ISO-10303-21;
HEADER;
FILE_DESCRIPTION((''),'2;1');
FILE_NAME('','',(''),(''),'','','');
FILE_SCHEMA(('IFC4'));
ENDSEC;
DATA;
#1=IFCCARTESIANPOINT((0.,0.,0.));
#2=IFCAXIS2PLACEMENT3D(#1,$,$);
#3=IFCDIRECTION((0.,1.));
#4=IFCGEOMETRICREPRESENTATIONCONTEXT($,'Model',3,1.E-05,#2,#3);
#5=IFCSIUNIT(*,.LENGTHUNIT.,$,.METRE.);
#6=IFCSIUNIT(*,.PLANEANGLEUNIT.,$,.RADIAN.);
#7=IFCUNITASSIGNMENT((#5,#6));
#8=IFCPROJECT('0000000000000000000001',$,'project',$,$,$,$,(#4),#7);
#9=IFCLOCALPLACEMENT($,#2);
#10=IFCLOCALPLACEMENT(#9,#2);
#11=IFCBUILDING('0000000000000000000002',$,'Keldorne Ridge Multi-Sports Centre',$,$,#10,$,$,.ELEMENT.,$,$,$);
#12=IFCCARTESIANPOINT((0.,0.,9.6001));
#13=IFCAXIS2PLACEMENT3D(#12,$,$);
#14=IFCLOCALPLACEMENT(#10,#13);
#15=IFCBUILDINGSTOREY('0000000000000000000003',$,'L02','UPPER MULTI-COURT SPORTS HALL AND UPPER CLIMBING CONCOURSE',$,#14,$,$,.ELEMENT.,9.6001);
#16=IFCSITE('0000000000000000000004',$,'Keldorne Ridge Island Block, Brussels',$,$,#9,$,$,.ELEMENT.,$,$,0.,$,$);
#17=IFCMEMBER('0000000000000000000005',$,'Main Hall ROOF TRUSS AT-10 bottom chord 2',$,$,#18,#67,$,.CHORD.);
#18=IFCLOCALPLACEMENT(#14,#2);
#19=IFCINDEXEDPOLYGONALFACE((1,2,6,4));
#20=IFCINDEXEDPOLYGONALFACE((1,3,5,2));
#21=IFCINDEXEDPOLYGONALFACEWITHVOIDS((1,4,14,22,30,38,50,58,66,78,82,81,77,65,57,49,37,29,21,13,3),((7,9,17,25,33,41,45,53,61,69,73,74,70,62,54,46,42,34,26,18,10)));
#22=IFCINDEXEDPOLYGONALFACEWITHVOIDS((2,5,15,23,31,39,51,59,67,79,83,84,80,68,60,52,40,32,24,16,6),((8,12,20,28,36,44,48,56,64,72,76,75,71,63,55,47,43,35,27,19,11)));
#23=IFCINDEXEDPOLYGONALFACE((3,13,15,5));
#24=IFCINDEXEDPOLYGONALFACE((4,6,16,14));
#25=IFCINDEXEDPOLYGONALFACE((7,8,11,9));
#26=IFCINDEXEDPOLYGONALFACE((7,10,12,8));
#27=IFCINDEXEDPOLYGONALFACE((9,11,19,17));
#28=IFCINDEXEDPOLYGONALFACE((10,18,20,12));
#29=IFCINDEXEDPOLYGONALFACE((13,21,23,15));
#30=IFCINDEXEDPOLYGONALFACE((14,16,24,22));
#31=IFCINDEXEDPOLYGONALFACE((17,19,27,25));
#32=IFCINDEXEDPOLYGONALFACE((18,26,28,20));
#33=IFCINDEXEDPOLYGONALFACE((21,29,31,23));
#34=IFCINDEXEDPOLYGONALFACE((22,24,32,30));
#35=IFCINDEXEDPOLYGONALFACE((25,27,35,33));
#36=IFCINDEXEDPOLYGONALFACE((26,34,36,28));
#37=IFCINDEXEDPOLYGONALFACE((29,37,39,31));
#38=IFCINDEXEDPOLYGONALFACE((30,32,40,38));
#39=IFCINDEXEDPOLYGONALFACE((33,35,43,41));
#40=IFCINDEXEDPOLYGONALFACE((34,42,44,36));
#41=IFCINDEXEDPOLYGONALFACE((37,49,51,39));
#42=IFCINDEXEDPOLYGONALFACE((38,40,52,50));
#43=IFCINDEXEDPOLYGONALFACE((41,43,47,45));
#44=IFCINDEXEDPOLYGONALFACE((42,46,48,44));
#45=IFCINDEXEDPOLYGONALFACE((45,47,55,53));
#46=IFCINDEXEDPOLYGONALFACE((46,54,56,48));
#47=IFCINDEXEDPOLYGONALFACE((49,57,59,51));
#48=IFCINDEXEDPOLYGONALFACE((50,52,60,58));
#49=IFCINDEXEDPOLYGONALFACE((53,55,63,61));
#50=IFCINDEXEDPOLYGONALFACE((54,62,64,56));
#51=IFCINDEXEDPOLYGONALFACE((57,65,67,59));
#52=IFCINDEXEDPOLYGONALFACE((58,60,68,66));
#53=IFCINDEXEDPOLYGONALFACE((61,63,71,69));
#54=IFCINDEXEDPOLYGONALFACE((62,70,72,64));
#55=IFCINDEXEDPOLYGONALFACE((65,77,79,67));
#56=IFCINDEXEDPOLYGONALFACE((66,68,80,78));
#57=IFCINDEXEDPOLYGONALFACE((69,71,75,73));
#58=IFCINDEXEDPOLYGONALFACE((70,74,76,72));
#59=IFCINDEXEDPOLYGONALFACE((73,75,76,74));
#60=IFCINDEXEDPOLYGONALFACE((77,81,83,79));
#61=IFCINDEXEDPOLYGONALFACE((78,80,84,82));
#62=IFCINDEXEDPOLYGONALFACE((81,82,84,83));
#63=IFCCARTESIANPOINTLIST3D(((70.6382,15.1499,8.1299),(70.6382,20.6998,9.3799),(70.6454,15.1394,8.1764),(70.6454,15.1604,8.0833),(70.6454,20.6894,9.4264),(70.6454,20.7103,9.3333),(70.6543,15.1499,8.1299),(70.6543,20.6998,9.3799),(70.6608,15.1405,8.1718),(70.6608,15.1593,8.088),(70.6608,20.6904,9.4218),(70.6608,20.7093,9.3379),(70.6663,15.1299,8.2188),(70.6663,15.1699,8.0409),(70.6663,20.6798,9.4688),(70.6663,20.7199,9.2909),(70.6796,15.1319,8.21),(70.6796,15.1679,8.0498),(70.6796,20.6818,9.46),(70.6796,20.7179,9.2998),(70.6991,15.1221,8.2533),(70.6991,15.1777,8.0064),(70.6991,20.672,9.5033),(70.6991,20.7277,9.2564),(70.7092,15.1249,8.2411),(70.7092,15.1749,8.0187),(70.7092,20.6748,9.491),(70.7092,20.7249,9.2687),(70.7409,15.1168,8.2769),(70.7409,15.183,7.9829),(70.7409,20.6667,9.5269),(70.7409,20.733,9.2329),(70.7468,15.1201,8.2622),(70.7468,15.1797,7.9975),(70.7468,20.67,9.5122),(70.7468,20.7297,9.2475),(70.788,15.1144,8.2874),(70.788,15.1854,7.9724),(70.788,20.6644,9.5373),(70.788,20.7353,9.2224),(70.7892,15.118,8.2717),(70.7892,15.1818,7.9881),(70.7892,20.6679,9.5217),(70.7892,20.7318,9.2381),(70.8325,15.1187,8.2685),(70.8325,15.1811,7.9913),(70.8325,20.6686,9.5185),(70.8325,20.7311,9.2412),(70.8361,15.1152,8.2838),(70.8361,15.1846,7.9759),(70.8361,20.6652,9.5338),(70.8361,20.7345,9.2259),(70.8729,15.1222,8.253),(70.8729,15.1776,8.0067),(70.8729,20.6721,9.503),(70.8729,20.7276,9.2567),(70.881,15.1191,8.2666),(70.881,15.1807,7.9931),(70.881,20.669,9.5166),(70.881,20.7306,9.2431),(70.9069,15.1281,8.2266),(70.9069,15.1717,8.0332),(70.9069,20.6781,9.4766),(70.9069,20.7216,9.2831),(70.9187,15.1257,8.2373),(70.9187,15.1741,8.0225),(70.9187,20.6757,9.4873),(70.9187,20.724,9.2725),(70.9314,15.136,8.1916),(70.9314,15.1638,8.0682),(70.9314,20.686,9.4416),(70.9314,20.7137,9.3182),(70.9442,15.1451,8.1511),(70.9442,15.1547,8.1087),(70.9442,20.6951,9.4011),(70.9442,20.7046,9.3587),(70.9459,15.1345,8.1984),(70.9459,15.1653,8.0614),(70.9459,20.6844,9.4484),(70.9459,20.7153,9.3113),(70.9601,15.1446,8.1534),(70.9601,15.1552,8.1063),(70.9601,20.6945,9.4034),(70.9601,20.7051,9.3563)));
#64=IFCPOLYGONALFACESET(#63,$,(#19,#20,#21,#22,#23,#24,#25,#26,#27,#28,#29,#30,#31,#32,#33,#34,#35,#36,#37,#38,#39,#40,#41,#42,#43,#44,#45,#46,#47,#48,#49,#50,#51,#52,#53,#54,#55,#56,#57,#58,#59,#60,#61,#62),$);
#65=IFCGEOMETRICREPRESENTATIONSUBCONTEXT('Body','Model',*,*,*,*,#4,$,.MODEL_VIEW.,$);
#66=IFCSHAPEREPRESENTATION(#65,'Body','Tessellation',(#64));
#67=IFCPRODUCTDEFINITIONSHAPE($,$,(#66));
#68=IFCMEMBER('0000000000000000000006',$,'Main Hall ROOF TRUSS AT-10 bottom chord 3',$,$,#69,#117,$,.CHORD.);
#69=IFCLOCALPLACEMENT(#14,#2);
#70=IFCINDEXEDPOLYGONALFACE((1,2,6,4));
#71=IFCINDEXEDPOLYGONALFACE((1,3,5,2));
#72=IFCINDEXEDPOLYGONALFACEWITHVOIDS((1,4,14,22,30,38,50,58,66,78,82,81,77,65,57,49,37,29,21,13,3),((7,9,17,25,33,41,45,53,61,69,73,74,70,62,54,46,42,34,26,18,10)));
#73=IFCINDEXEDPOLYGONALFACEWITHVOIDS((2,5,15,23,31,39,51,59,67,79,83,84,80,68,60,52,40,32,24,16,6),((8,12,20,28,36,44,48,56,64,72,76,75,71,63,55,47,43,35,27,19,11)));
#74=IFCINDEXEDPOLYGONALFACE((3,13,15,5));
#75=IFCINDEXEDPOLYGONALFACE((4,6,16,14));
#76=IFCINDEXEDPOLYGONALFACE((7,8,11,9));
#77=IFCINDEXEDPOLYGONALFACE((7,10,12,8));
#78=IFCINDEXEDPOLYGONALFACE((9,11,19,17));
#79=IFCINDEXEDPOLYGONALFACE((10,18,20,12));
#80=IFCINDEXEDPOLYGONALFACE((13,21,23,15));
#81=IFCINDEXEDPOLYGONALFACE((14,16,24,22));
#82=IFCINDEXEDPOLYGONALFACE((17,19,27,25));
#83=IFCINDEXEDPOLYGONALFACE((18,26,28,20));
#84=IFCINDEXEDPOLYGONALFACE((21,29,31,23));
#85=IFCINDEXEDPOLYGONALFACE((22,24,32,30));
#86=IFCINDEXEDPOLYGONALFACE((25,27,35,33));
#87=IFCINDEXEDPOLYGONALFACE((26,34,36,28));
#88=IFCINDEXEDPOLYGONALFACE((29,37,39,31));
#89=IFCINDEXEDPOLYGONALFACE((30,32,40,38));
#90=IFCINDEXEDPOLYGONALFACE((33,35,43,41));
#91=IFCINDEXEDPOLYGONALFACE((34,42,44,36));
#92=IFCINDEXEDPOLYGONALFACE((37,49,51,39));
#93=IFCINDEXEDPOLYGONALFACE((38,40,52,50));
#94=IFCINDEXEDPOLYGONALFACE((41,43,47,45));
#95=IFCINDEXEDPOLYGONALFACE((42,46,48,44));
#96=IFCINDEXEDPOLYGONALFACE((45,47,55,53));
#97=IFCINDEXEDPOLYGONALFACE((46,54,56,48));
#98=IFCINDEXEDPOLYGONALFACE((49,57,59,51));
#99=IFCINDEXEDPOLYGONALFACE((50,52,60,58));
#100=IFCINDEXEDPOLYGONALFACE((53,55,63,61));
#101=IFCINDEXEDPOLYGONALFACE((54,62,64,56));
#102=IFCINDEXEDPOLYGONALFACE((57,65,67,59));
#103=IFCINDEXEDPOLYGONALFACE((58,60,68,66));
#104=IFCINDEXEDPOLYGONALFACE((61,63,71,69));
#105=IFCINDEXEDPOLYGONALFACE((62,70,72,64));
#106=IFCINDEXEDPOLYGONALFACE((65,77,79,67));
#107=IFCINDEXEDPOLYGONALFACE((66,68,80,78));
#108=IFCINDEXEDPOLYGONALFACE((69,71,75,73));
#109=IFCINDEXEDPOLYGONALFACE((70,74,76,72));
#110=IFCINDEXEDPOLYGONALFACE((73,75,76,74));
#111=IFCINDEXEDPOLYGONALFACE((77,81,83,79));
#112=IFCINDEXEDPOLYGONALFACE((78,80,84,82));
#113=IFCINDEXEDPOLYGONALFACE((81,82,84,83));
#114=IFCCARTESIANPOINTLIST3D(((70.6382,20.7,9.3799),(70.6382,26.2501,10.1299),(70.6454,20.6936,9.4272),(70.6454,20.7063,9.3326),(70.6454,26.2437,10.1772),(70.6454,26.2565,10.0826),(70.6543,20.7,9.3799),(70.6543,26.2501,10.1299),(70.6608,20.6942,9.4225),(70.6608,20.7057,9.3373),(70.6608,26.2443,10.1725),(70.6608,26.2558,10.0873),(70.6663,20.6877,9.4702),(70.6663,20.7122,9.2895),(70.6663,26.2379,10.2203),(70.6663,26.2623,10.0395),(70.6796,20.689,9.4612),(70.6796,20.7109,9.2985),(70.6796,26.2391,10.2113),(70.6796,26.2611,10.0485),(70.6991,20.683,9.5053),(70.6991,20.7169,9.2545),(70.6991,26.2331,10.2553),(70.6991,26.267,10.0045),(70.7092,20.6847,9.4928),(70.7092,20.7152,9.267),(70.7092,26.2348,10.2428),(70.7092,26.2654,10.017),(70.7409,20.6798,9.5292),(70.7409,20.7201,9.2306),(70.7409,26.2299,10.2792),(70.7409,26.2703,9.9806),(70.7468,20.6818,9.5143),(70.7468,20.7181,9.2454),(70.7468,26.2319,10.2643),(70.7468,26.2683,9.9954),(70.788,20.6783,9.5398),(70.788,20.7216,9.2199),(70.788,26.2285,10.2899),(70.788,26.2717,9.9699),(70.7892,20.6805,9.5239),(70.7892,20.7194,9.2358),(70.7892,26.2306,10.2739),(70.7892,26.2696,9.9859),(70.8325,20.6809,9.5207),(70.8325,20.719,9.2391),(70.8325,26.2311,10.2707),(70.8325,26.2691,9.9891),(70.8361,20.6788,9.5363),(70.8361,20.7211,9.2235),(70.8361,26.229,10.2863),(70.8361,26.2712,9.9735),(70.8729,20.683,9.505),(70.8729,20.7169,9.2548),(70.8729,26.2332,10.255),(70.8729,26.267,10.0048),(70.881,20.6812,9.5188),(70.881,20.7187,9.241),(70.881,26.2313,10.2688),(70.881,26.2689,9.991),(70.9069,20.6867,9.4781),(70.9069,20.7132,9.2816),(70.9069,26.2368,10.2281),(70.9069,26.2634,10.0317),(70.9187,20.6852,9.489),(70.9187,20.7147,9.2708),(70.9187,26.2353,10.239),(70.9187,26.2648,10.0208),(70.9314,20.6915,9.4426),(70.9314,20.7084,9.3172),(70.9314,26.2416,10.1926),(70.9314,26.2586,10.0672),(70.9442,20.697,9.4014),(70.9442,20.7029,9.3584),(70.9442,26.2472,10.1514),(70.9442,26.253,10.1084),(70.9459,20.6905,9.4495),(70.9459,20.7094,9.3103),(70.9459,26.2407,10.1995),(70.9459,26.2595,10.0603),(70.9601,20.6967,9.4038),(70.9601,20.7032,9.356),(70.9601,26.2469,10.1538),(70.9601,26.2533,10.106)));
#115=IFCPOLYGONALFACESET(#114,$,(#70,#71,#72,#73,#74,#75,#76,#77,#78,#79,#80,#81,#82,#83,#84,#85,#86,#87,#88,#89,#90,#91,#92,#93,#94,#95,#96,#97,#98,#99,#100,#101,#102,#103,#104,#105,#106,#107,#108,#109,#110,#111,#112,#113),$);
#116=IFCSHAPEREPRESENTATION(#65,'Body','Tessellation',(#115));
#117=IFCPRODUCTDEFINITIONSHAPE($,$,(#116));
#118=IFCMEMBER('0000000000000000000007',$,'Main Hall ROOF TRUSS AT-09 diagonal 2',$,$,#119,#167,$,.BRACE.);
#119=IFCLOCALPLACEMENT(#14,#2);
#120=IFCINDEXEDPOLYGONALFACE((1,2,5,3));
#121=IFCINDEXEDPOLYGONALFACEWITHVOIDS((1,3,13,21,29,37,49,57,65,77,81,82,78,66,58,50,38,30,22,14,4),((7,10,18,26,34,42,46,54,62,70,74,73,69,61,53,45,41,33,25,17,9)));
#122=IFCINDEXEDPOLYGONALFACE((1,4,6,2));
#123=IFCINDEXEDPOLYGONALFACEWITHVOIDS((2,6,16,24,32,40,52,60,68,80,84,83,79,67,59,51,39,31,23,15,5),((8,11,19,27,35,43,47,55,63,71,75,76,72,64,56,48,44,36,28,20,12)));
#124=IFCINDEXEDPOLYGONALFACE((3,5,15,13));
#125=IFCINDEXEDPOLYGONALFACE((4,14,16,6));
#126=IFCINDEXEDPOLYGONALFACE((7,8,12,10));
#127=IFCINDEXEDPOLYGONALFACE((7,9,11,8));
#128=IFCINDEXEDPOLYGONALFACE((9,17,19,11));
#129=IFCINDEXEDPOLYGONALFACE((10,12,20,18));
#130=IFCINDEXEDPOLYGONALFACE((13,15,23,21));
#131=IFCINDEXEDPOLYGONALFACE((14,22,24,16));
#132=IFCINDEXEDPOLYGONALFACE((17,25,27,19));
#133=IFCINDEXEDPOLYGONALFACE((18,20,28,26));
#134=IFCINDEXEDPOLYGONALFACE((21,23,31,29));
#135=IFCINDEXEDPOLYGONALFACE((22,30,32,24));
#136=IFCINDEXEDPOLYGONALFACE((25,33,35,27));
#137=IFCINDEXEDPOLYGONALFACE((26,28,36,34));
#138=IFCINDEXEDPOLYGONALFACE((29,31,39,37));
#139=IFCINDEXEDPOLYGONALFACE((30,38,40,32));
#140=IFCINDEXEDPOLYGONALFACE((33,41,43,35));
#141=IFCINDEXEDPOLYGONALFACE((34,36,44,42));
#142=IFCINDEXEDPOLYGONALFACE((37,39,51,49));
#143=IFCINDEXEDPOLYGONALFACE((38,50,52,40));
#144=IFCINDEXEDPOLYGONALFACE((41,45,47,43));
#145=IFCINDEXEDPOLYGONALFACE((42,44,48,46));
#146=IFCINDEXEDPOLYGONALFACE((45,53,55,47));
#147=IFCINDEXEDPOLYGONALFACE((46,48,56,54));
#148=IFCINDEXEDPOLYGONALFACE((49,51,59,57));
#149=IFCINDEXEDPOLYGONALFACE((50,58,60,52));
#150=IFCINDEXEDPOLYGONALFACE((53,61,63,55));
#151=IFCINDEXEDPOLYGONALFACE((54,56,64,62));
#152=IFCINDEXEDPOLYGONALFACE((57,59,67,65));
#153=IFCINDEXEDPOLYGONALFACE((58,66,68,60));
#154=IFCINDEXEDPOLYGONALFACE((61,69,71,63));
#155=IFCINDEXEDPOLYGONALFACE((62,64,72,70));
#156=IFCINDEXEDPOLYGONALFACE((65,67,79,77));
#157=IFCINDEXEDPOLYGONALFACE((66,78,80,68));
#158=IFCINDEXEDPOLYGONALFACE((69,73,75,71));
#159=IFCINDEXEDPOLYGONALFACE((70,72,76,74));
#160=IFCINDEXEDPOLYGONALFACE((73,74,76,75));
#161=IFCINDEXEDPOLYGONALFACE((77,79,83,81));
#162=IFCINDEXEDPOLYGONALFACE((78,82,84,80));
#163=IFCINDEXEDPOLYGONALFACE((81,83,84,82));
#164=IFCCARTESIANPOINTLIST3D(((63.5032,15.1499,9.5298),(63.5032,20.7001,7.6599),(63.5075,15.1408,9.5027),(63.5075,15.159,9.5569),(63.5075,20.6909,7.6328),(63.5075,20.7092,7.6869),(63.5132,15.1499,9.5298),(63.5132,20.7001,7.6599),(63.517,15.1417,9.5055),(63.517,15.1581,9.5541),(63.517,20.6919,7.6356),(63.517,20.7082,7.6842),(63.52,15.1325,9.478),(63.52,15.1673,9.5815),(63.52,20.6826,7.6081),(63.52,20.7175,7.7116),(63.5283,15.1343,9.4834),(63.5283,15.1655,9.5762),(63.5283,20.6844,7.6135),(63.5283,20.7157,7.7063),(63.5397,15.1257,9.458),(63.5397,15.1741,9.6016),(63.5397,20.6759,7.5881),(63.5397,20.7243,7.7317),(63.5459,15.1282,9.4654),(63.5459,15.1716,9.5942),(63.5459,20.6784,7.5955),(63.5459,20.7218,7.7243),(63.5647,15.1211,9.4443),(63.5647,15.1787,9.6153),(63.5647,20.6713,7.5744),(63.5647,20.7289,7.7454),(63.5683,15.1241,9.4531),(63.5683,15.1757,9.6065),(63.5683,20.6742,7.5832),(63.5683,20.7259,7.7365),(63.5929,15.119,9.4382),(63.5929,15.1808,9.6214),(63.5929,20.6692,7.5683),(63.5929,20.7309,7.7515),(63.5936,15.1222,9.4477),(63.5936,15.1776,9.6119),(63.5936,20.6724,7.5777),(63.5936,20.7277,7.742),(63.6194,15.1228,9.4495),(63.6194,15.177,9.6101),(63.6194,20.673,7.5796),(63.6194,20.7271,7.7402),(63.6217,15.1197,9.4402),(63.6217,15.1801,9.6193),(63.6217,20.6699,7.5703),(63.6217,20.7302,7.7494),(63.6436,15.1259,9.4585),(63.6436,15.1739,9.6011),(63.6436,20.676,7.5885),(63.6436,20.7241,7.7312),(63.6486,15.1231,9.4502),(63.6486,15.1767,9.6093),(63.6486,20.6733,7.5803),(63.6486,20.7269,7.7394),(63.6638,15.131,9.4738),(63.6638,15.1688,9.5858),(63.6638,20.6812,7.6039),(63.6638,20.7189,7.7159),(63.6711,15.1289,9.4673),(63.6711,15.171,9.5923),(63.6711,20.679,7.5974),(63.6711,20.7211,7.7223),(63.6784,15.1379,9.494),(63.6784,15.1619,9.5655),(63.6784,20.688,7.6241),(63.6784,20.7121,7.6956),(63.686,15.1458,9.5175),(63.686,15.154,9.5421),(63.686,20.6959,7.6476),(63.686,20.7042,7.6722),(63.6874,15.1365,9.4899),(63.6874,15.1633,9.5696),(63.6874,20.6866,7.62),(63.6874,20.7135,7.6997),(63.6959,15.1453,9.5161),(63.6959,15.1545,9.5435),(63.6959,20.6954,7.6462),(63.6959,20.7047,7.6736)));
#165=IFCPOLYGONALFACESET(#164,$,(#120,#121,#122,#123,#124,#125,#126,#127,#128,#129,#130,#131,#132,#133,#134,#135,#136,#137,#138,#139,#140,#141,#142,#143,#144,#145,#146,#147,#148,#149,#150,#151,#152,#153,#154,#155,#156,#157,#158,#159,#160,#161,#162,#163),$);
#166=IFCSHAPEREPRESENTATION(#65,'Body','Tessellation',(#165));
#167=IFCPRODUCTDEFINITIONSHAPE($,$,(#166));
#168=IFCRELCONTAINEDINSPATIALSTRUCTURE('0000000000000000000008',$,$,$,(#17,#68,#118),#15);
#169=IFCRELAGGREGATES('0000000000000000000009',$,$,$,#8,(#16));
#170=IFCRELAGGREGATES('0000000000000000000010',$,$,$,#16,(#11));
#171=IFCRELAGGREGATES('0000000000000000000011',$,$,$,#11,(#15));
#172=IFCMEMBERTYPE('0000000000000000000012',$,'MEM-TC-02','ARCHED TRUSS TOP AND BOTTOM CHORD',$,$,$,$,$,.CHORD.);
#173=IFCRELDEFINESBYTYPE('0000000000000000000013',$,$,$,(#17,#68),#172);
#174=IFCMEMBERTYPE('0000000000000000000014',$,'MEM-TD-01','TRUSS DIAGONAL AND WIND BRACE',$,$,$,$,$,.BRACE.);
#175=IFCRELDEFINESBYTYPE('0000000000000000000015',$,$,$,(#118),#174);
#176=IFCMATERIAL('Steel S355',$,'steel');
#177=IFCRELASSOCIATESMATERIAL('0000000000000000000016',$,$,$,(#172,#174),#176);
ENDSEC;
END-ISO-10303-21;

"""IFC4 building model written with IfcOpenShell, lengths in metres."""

from ifc_helpers import new_model, si_unit, direction, frame, origin, origin_2d, place, context, subcontext, project, spatial, hollow_circle, extrude, material, material_profile, profile_set, type_object, element, save


model = new_model("IFC4")

# Units and contexts
model_context = context("Model", 3, precision=1e-05, world=origin(), true_north=direction((0.0, 1.0)))
body_context = subcontext(model_context, "Body", "Model", "MODEL_VIEW")
ifc_project = project(units=[si_unit("LENGTHUNIT", "METRE"), si_unit("PLANEANGLEUNIT", "RADIAN")], contexts=[model_context])

# Site, building, storey
site_placement = place(None, origin())
site = spatial("IfcSite", under=ifc_project, at=site_placement, Name="Keldorne Ridge Island Block, Brussels", CompositionType="ELEMENT", RefElevation=0.0)
building_placement = place(site_placement, origin())
building = spatial("IfcBuilding", under=site, at=building_placement, Name="Keldorne Ridge Multi-Sports Centre", CompositionType="ELEMENT")
storey_placement = place(building_placement, frame((0.0, 0.0, 9.6001)))
storey = spatial("IfcBuildingStorey", under=building, at=storey_placement, Name="L02", Description="UPPER MULTI-COURT SPORTS HALL AND UPPER CLIMBING CONCOURSE", CompositionType="ELEMENT", Elevation=9.6001)

# Shared definitions
ifc_material = material(Name="Steel S355", Category="steel")

# Members
ifc_material_profile_1 = material_profile(ifc_material, hollow_circle(Radius=0.1619, WallThickness=0.0161, at=origin_2d()), Name="CHS 323.9x16")
ifc_profile_set_1 = profile_set([ifc_material_profile_1], Name="Steel S355")
member_type_1 = type_object("IfcMemberType", Name="MEM-TC-02", Description="ARCHED TRUSS TOP AND BOTTOM CHORD", PredefinedType="CHORD", material=ifc_profile_set_1)
member_1_placement = place(storey_placement, frame((70.8, 15.1499, 8.1299), z_axis=(0.0, 0.975563, 0.219719), x_axis=(-1.0, 0.0, 0.0)))
element("IfcMember", 1, at=member_1_placement, inside=storey, type_object=member_type_1, Name="Main Hall ROOF TRUSS AT-10 bottom chord 2", PredefinedType="CHORD", context=body_context, shape_type="SweptSolid", body=[
    extrude(hollow_circle(Radius=0.1619, WallThickness=0.0161, at=origin_2d()), origin(), (0.0, 0.0, 1.0), 5.689),
])
member_2_placement = place(storey_placement, frame((70.8, 20.7, 9.3799), z_axis=(0.0, 0.990993, 0.133917), x_axis=(-1.0, 0.0, 0.0)))
element("IfcMember", 2, at=member_2_placement, inside=storey, type_object=member_type_1, Name="Main Hall ROOF TRUSS AT-10 bottom chord 3", PredefinedType="CHORD", context=body_context, shape_type="SweptSolid", body=[
    extrude(hollow_circle(Radius=0.1619, WallThickness=0.0161, at=origin_2d()), origin(), (0.0, 0.0, 1.0), 5.6006),
])
ifc_material_profile_2 = material_profile(ifc_material, hollow_circle(Radius=0.0969, WallThickness=0.01, at=origin_2d()), Name="CHS 193.7x10")
ifc_profile_set_2 = profile_set([ifc_material_profile_2], Name="Steel S355")
member_type_2 = type_object("IfcMemberType", Name="MEM-TD-01", Description="TRUSS DIAGONAL AND WIND BRACE", PredefinedType="BRACE", material=ifc_profile_set_2)
member_3_placement = place(storey_placement, frame((63.6001, 15.1499, 9.5298), z_axis=(0.0, 0.947661, -0.319278), x_axis=(-1.0, 0.0, 0.0)))
element("IfcMember", 3, at=member_3_placement, inside=storey, type_object=member_type_2, Name="Main Hall ROOF TRUSS AT-09 diagonal 2", PredefinedType="BRACE", context=body_context, shape_type="SweptSolid", body=[
    extrude(hollow_circle(Radius=0.0969, WallThickness=0.01, at=origin_2d()), origin(), (0.0, 0.0, 1.0), 5.8567),
])

save(model, "model.ifc")
